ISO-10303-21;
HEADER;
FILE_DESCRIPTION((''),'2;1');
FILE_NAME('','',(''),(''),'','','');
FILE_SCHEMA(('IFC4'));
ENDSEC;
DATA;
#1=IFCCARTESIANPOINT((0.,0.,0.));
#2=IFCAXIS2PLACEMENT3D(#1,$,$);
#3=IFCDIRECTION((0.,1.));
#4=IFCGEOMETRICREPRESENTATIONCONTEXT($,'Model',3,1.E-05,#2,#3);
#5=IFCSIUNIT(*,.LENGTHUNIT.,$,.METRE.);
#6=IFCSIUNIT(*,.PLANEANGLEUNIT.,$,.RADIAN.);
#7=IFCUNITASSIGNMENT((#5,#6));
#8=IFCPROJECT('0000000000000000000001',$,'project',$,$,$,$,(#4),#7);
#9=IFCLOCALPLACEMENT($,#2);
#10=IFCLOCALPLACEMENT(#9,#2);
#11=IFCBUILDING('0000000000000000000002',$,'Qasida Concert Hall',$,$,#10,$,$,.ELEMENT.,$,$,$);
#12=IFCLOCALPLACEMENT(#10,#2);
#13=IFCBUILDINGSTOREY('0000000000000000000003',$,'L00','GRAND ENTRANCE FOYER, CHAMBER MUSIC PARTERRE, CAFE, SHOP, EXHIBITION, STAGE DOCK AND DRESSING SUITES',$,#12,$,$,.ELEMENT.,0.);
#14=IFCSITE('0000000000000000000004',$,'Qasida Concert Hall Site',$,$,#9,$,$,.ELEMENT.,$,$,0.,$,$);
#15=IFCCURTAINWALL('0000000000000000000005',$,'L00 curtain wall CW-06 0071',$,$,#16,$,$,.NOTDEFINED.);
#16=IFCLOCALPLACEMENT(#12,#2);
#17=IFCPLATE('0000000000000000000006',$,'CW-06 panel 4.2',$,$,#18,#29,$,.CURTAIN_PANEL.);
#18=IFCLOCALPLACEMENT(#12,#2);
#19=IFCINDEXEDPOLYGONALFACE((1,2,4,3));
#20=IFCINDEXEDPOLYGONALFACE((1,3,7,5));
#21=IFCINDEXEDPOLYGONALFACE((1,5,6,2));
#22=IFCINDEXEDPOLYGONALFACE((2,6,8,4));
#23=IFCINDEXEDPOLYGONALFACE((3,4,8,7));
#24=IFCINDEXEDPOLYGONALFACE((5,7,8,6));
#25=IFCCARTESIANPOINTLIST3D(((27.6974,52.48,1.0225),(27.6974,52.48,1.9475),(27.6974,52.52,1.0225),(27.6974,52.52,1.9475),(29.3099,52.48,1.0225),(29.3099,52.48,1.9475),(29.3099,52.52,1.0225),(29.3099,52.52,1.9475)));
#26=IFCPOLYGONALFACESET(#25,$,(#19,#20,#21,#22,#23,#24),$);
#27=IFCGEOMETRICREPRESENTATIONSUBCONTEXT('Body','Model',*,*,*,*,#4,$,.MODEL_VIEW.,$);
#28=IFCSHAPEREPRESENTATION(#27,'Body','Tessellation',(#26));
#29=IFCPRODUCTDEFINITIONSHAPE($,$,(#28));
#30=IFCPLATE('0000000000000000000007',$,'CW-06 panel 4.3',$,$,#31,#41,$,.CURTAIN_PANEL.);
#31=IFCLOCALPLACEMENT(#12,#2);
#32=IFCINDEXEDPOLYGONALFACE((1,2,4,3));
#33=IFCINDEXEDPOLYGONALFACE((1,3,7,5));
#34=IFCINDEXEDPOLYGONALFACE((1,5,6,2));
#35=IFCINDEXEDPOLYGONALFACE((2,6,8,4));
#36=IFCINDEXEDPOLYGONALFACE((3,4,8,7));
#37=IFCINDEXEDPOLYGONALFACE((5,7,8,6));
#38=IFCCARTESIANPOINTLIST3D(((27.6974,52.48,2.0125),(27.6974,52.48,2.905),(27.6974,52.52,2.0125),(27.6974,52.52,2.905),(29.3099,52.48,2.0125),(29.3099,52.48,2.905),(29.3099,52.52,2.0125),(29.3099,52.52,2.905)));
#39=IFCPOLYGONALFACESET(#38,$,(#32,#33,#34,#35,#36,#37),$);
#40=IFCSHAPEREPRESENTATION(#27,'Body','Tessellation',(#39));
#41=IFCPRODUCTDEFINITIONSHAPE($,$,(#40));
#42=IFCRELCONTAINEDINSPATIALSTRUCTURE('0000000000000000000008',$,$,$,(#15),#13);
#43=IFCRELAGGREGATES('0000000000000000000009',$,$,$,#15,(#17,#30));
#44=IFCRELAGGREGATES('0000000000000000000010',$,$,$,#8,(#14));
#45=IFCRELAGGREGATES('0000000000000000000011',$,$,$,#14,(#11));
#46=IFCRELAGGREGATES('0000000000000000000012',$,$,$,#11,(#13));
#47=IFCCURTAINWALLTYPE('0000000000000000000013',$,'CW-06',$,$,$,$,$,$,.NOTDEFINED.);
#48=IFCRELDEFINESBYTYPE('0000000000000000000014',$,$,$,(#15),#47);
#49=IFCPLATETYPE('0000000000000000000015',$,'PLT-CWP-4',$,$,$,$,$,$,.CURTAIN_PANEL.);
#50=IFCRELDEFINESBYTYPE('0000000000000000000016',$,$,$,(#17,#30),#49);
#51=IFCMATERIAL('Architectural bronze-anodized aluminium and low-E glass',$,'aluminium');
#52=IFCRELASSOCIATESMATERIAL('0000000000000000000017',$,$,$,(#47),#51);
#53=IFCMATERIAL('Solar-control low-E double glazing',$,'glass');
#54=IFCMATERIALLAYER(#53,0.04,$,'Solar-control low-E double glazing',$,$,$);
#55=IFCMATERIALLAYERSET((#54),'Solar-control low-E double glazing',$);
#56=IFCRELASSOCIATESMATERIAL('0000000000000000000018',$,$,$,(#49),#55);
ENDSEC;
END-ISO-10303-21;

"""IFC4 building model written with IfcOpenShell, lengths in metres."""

from ifc_helpers import new_model, si_unit, direction, frame, origin, origin_2d, place, context, subcontext, project, spatial, rectangle, extrude, material, layer, layer_set, type_object, element, aggregate, save


model = new_model("IFC4")

# Units and contexts
model_context = context("Model", 3, precision=1e-05, world=origin(), true_north=direction((0.0, 1.0)))
body_context = subcontext(model_context, "Body", "Model", "MODEL_VIEW")
ifc_project = project(units=[si_unit("LENGTHUNIT", "METRE"), si_unit("PLANEANGLEUNIT", "RADIAN")], contexts=[model_context])

# Site, building, storey
site_placement = place(None, origin())
site = spatial("IfcSite", under=ifc_project, at=site_placement, Name="Qasida Concert Hall Site", CompositionType="ELEMENT", RefElevation=0.0)
building_placement = place(site_placement, origin())
building = spatial("IfcBuilding", under=site, at=building_placement, Name="Qasida Concert Hall", CompositionType="ELEMENT")
storey_placement = place(building_placement, origin())
storey = spatial("IfcBuildingStorey", under=building, at=storey_placement, Name="L00", Description="GRAND ENTRANCE FOYER, CHAMBER MUSIC PARTERRE, CAFE, SHOP, EXHIBITION, STAGE DOCK AND DRESSING SUITES", CompositionType="ELEMENT", Elevation=0.0)

# Curtain wall
ifc_material_1 = material(Name="Architectural bronze-anodized aluminium and low-E glass", Category="aluminium")
curtain_wall_type = type_object("IfcCurtainWallType", Name="CW-06", PredefinedType="NOTDEFINED", material=ifc_material_1)
curtain_wall_1_placement = place(storey_placement, origin())
curtain_wall_1 = element("IfcCurtainWall", 1, at=curtain_wall_1_placement, inside=storey, type_object=curtain_wall_type, Name="L00 curtain wall CW-06 0071", PredefinedType="NOTDEFINED")

# Plates
ifc_material_2 = material(Name="Solar-control low-E double glazing", Category="glass")
ifc_layer = layer(ifc_material_2, 0.04, Name="Solar-control low-E double glazing")
ifc_layer_set = layer_set([ifc_layer], Name="Solar-control low-E double glazing")
plate_type = type_object("IfcPlateType", Name="PLT-CWP-4", PredefinedType="CURTAIN_PANEL", material=ifc_layer_set)
plate_1_placement = place(storey_placement, frame((28.5037, 52.5, 1.0225), z_axis=(0.0, 0.0, 1.0), x_axis=(1.0, 0.0, 0.0)))
plate_1 = element("IfcPlate", 2, at=plate_1_placement, type_object=plate_type, Name="CW-06 panel 4.2", PredefinedType="CURTAIN_PANEL", context=body_context, shape_type="SweptSolid", body=[
    extrude(rectangle(XDim=1.6125, YDim=0.04, at=origin_2d()), origin(), (0.0, 0.0, 1.0), 0.925),
])
plate_2_placement = place(storey_placement, frame((28.5037, 52.5, 2.0125), z_axis=(0.0, 0.0, 1.0), x_axis=(1.0, 0.0, 0.0)))
plate_2 = element("IfcPlate", 3, at=plate_2_placement, type_object=plate_type, Name="CW-06 panel 4.3", PredefinedType="CURTAIN_PANEL", context=body_context, shape_type="SweptSolid", body=[
    extrude(rectangle(XDim=1.6125, YDim=0.04, at=origin_2d()), origin(), (0.0, 0.0, 1.0), 0.8926),
])
aggregate(curtain_wall_1, [plate_1, plate_2])

save(model, "model.ifc")
